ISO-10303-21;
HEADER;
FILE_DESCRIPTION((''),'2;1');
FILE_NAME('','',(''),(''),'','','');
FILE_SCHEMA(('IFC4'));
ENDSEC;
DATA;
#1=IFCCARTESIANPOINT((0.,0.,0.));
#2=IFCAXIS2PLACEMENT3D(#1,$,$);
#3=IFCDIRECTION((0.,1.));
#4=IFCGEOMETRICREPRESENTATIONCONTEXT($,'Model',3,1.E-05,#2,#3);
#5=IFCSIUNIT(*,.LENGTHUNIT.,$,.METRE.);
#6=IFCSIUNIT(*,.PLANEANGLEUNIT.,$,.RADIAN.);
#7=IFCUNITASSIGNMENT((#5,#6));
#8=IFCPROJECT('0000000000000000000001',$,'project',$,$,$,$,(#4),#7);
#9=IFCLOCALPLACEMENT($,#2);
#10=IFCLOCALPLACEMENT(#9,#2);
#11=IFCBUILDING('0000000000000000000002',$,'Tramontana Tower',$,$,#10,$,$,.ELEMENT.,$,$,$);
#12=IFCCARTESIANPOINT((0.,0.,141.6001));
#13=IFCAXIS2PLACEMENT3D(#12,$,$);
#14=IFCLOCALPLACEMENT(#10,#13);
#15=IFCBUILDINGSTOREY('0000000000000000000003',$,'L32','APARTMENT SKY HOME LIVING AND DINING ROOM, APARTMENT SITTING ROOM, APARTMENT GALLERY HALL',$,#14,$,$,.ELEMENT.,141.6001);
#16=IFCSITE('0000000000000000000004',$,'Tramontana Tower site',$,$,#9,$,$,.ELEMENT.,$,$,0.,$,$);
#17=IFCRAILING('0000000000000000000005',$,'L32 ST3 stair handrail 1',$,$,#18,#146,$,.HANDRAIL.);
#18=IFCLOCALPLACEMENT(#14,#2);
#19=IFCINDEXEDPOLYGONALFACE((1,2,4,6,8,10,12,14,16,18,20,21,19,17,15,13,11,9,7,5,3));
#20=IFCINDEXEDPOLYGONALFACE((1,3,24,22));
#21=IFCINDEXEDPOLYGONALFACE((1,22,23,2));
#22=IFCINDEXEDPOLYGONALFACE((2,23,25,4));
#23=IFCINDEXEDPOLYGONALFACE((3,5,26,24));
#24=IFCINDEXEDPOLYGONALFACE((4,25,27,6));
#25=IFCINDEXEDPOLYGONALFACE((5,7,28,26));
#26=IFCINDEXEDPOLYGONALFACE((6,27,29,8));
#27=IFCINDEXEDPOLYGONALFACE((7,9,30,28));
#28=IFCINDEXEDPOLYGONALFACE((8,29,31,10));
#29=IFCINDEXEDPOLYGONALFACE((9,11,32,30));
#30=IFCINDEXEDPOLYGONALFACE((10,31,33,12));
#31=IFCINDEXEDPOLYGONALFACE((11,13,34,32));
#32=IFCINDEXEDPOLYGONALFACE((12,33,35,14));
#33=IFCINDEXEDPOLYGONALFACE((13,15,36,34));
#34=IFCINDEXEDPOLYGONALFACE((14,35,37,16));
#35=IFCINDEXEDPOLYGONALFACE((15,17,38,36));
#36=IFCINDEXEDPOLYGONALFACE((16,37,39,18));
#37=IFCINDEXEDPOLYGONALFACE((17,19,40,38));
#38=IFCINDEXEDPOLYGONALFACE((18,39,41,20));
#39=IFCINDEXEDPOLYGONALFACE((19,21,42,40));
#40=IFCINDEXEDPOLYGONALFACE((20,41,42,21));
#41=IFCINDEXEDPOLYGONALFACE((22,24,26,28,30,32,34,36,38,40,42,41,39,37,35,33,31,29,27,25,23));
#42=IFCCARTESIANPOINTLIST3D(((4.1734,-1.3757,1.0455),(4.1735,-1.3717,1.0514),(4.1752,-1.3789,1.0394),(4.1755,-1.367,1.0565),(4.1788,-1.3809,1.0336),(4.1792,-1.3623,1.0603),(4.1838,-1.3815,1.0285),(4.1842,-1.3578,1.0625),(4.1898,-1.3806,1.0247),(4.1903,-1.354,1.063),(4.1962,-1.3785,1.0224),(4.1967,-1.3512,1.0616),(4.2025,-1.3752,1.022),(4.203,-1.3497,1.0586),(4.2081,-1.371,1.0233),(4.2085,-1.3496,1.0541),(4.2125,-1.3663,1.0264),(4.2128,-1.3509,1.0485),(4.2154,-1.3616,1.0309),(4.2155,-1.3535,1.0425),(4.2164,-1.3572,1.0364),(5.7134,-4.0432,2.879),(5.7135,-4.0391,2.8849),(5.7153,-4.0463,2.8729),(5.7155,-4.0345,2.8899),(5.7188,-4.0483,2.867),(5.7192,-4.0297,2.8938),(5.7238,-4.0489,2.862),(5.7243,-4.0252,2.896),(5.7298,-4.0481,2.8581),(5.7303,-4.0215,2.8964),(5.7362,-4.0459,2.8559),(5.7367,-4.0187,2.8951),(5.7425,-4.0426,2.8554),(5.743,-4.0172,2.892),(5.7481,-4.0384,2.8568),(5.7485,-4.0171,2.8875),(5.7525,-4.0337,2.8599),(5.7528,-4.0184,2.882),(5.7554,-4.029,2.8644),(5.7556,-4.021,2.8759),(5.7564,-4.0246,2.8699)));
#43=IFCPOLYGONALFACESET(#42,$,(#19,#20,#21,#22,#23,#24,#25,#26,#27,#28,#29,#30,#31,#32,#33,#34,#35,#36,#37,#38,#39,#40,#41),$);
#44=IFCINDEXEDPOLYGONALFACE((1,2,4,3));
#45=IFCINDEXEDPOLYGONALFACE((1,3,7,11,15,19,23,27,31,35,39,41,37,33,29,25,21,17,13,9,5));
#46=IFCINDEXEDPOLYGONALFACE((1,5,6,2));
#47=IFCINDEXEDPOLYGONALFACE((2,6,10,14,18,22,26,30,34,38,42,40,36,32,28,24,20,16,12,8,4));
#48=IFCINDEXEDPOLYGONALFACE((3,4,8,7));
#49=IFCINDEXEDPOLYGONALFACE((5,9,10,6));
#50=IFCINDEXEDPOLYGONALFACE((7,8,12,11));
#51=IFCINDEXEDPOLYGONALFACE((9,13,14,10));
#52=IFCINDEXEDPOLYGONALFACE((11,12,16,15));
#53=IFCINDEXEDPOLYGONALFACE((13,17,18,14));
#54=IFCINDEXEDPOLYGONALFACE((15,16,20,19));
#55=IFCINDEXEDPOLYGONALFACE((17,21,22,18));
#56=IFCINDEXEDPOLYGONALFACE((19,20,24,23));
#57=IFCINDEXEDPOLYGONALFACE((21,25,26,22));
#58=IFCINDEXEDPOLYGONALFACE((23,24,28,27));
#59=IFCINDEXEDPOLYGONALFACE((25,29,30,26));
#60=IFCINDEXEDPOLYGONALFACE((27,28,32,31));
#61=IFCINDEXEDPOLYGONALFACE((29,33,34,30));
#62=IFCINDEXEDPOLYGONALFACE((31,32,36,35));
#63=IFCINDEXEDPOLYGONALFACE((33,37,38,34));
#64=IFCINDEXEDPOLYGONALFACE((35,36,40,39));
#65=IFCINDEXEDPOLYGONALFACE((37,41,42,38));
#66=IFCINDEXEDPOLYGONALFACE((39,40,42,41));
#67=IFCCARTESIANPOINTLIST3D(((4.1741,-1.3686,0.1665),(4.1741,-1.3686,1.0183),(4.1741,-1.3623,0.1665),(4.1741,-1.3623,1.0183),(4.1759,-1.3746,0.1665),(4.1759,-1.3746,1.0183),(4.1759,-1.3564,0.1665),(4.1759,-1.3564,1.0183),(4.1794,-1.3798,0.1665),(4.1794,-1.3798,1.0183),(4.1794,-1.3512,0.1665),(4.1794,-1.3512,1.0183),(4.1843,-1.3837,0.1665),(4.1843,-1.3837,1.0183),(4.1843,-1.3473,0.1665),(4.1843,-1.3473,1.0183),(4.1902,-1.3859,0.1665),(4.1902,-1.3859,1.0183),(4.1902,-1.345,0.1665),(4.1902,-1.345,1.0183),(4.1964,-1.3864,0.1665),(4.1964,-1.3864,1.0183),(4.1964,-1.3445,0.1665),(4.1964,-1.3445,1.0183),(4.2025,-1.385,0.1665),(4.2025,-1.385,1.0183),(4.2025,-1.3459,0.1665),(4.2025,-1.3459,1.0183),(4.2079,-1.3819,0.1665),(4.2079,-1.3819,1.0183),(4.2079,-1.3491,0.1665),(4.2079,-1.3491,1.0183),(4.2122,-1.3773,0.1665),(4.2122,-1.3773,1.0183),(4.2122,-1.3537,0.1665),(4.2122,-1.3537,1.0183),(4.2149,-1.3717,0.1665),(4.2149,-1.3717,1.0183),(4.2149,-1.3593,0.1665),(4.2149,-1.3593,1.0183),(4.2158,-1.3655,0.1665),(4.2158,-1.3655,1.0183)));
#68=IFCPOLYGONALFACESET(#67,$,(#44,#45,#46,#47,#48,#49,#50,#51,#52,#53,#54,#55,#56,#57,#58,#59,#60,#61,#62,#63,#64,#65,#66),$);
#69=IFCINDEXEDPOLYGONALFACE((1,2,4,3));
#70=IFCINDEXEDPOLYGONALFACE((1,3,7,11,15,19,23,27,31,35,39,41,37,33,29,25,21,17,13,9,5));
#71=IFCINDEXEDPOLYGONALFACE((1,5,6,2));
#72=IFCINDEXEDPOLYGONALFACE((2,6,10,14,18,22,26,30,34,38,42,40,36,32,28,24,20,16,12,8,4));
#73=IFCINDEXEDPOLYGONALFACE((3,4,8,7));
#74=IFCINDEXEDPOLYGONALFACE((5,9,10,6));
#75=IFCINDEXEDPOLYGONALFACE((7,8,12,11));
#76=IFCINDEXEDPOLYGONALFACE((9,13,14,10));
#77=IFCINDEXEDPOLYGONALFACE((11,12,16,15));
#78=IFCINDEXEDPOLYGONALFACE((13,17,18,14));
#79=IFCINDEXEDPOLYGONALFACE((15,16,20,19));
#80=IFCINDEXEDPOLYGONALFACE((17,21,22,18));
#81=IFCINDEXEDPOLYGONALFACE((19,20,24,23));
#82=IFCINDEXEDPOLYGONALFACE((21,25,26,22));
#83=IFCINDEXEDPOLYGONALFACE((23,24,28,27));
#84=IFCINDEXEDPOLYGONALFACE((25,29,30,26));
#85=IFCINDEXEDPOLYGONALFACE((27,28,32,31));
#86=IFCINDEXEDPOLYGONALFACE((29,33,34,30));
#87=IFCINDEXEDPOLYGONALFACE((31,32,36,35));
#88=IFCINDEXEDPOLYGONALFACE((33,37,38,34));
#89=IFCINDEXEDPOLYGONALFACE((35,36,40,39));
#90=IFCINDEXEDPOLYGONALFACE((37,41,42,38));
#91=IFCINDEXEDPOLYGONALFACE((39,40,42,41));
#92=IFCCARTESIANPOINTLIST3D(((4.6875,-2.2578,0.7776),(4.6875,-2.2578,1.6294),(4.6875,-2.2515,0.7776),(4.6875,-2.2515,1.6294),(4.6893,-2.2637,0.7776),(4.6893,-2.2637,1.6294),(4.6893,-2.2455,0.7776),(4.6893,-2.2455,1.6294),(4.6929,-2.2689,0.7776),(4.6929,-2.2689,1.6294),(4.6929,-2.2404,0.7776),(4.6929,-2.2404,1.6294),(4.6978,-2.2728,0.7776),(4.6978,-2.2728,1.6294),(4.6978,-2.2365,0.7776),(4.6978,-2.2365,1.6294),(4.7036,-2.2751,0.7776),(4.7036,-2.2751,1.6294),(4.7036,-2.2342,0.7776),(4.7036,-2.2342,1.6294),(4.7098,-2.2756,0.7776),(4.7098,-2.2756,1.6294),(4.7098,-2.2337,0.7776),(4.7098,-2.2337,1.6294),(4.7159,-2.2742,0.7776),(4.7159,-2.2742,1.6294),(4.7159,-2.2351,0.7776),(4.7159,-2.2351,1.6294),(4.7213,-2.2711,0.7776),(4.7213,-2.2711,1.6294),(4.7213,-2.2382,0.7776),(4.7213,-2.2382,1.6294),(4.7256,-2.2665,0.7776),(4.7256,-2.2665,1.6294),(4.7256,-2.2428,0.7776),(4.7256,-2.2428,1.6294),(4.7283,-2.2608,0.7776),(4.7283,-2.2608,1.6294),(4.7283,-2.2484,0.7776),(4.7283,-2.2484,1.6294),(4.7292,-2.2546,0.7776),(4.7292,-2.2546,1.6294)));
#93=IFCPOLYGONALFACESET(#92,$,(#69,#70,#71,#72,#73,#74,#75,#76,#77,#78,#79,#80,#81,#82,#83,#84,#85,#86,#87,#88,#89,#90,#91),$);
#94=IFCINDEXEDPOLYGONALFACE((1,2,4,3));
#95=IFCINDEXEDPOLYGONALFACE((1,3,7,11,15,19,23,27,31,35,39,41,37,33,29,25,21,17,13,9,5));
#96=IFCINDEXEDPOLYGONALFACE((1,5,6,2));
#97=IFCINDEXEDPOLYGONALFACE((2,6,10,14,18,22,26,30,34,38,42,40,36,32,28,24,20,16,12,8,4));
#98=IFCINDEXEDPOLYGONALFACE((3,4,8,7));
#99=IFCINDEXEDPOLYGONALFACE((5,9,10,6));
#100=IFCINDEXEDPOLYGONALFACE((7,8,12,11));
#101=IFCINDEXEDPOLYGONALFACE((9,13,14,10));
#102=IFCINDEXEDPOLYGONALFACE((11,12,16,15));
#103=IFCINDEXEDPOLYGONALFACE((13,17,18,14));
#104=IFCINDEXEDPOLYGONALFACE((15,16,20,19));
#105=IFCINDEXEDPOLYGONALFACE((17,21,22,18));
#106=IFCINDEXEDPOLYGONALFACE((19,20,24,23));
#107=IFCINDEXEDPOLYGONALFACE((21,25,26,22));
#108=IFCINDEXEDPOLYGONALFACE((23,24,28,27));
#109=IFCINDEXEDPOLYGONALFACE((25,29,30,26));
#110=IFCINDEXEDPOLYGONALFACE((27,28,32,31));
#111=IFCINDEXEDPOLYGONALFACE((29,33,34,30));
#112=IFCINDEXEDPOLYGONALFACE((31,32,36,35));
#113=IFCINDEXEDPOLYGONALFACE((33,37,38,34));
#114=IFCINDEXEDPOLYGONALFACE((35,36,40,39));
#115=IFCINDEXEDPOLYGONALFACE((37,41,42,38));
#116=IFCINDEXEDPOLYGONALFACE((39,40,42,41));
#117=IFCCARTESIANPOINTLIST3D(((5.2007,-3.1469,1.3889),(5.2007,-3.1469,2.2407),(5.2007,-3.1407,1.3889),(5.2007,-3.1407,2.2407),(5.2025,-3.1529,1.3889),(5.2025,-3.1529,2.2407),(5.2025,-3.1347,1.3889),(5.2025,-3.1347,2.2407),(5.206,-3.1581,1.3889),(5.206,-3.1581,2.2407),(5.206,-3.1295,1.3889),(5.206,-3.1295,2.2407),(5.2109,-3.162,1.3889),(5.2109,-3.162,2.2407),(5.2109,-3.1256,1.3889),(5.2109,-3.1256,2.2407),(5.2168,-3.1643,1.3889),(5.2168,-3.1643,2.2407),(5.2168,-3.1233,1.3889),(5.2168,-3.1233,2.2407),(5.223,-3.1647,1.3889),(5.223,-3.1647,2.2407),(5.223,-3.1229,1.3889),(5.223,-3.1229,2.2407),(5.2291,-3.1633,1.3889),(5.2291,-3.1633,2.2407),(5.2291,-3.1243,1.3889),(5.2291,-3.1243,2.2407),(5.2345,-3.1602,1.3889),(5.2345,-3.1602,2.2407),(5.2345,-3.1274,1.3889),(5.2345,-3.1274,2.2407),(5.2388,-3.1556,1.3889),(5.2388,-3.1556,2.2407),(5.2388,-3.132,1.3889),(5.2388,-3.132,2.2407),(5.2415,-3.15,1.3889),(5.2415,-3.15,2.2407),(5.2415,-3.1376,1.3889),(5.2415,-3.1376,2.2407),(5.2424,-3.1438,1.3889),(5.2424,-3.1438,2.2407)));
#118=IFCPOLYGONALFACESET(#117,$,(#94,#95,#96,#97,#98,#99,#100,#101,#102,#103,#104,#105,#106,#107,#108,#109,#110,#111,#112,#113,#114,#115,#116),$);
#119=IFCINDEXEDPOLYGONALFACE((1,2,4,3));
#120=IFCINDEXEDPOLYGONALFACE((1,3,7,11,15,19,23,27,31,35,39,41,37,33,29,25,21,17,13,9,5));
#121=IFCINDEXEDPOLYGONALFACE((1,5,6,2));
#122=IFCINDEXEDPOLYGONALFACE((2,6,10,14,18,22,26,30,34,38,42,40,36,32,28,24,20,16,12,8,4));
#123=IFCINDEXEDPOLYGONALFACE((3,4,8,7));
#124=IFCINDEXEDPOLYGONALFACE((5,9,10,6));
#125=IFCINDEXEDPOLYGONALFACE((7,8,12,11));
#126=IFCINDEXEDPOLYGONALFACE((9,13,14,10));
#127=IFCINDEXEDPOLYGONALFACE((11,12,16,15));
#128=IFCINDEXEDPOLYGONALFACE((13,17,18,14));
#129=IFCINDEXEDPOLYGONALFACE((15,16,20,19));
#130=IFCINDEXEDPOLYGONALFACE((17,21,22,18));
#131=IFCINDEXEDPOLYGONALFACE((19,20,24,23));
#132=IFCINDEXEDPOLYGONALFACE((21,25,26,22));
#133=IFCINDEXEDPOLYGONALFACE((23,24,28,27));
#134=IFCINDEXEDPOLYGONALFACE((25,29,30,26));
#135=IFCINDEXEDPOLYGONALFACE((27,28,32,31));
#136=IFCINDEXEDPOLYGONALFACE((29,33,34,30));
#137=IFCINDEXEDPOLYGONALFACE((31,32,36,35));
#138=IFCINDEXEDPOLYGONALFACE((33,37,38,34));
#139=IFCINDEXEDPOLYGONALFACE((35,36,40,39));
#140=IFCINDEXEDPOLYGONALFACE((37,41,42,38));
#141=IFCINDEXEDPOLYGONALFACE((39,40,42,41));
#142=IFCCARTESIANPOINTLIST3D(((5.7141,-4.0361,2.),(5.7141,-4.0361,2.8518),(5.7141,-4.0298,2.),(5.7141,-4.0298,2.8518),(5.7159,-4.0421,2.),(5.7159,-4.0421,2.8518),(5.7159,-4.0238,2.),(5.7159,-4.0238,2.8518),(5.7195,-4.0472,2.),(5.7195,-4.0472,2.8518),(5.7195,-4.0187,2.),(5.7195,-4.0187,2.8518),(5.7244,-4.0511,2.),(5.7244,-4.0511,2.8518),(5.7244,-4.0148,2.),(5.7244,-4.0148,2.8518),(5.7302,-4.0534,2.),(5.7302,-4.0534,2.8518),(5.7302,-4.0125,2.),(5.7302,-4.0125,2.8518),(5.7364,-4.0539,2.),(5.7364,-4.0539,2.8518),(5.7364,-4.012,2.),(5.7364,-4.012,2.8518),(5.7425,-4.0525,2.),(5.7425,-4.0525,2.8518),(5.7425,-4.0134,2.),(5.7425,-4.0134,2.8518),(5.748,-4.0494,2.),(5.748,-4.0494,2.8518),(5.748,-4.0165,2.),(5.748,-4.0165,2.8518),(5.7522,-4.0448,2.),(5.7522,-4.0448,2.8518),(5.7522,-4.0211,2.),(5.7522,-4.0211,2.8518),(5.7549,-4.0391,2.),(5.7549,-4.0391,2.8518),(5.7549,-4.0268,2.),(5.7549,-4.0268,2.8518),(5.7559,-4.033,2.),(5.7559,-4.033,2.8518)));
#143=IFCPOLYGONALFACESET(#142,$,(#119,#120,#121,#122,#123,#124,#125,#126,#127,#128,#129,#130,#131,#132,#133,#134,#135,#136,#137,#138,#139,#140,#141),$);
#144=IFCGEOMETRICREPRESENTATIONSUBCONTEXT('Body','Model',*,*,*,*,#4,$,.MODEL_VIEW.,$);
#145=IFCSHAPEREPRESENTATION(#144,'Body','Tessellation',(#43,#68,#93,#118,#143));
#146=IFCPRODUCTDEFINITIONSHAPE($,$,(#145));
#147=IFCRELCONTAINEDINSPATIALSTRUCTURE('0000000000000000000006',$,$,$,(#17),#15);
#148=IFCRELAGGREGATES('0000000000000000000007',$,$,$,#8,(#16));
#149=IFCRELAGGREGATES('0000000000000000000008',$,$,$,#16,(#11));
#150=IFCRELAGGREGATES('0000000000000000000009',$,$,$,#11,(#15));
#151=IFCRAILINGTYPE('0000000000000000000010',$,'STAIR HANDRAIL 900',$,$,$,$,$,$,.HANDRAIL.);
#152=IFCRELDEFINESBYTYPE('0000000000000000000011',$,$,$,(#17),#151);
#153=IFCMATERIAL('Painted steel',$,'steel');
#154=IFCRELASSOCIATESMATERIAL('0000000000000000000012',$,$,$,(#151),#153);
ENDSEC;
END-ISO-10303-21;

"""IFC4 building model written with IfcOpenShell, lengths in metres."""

from ifc_helpers import new_model, si_unit, direction, frame, origin, origin_2d, place, context, subcontext, project, spatial, circle, extrude, material, type_object, element, save


model = new_model("IFC4")

# Units and contexts
model_context = context("Model", 3, precision=1e-05, world=origin(), true_north=direction((0.0, 1.0)))
body_context = subcontext(model_context, "Body", "Model", "MODEL_VIEW")
ifc_project = project(units=[si_unit("LENGTHUNIT", "METRE"), si_unit("PLANEANGLEUNIT", "RADIAN")], contexts=[model_context])

# Site, building, storey
site_placement = place(None, origin())
site = spatial("IfcSite", under=ifc_project, at=site_placement, Name="Tramontana Tower site", CompositionType="ELEMENT", RefElevation=0.0)
building_placement = place(site_placement, origin())
building = spatial("IfcBuilding", under=site, at=building_placement, Name="Tramontana Tower", CompositionType="ELEMENT")
storey_placement = place(building_placement, frame((0.0, 0.0, 141.6001)))
storey = spatial("IfcBuildingStorey", under=building, at=storey_placement, Name="L32", Description="APARTMENT SKY HOME LIVING AND DINING ROOM, APARTMENT SITTING ROOM, APARTMENT GALLERY HALL", CompositionType="ELEMENT", Elevation=141.6001)

# Railing
ifc_material_1 = material(Name="Painted steel", Category="steel")
railing_type_1 = type_object("IfcRailingType", Name="STAIR HANDRAIL 900", PredefinedType="HANDRAIL", material=ifc_material_1)
railing_1_placement = place(storey_placement, frame((4.1948, -1.3655, 0.1665)))
element("IfcRailing", 1, at=railing_1_placement, inside=storey, type_object=railing_type_1, Name="L32 ST3 stair handrail 1", PredefinedType="HANDRAIL", context=body_context, shape_type="SweptSolid", body=[
    extrude(circle(Radius=0.0239, at=origin_2d()), frame((0.0, 0.0, 0.876), z_axis=(0.429634, -0.744164, 0.511502), x_axis=(0.86603, 0.499992, 0.0)), (0.0, 0.0, 1.0), 3.5845),
    extrude(circle(Radius=0.021, at=origin_2d()), origin(), (0.0, 0.0, 1.0), 0.8518),
    extrude(circle(Radius=0.021, at=origin_2d()), frame((0.5134, -0.8892, 0.6111)), (0.0, 0.0, 1.0), 0.8518),
    extrude(circle(Radius=0.021, at=origin_2d()), frame((1.0266, -1.7783, 1.2224)), (0.0, 0.0, 1.0), 0.8518),
    extrude(circle(Radius=0.021, at=origin_2d()), frame((1.54, -2.6675, 1.8335)), (0.0, 0.0, 1.0), 0.8518),
])

save(model, "model.ifc")
